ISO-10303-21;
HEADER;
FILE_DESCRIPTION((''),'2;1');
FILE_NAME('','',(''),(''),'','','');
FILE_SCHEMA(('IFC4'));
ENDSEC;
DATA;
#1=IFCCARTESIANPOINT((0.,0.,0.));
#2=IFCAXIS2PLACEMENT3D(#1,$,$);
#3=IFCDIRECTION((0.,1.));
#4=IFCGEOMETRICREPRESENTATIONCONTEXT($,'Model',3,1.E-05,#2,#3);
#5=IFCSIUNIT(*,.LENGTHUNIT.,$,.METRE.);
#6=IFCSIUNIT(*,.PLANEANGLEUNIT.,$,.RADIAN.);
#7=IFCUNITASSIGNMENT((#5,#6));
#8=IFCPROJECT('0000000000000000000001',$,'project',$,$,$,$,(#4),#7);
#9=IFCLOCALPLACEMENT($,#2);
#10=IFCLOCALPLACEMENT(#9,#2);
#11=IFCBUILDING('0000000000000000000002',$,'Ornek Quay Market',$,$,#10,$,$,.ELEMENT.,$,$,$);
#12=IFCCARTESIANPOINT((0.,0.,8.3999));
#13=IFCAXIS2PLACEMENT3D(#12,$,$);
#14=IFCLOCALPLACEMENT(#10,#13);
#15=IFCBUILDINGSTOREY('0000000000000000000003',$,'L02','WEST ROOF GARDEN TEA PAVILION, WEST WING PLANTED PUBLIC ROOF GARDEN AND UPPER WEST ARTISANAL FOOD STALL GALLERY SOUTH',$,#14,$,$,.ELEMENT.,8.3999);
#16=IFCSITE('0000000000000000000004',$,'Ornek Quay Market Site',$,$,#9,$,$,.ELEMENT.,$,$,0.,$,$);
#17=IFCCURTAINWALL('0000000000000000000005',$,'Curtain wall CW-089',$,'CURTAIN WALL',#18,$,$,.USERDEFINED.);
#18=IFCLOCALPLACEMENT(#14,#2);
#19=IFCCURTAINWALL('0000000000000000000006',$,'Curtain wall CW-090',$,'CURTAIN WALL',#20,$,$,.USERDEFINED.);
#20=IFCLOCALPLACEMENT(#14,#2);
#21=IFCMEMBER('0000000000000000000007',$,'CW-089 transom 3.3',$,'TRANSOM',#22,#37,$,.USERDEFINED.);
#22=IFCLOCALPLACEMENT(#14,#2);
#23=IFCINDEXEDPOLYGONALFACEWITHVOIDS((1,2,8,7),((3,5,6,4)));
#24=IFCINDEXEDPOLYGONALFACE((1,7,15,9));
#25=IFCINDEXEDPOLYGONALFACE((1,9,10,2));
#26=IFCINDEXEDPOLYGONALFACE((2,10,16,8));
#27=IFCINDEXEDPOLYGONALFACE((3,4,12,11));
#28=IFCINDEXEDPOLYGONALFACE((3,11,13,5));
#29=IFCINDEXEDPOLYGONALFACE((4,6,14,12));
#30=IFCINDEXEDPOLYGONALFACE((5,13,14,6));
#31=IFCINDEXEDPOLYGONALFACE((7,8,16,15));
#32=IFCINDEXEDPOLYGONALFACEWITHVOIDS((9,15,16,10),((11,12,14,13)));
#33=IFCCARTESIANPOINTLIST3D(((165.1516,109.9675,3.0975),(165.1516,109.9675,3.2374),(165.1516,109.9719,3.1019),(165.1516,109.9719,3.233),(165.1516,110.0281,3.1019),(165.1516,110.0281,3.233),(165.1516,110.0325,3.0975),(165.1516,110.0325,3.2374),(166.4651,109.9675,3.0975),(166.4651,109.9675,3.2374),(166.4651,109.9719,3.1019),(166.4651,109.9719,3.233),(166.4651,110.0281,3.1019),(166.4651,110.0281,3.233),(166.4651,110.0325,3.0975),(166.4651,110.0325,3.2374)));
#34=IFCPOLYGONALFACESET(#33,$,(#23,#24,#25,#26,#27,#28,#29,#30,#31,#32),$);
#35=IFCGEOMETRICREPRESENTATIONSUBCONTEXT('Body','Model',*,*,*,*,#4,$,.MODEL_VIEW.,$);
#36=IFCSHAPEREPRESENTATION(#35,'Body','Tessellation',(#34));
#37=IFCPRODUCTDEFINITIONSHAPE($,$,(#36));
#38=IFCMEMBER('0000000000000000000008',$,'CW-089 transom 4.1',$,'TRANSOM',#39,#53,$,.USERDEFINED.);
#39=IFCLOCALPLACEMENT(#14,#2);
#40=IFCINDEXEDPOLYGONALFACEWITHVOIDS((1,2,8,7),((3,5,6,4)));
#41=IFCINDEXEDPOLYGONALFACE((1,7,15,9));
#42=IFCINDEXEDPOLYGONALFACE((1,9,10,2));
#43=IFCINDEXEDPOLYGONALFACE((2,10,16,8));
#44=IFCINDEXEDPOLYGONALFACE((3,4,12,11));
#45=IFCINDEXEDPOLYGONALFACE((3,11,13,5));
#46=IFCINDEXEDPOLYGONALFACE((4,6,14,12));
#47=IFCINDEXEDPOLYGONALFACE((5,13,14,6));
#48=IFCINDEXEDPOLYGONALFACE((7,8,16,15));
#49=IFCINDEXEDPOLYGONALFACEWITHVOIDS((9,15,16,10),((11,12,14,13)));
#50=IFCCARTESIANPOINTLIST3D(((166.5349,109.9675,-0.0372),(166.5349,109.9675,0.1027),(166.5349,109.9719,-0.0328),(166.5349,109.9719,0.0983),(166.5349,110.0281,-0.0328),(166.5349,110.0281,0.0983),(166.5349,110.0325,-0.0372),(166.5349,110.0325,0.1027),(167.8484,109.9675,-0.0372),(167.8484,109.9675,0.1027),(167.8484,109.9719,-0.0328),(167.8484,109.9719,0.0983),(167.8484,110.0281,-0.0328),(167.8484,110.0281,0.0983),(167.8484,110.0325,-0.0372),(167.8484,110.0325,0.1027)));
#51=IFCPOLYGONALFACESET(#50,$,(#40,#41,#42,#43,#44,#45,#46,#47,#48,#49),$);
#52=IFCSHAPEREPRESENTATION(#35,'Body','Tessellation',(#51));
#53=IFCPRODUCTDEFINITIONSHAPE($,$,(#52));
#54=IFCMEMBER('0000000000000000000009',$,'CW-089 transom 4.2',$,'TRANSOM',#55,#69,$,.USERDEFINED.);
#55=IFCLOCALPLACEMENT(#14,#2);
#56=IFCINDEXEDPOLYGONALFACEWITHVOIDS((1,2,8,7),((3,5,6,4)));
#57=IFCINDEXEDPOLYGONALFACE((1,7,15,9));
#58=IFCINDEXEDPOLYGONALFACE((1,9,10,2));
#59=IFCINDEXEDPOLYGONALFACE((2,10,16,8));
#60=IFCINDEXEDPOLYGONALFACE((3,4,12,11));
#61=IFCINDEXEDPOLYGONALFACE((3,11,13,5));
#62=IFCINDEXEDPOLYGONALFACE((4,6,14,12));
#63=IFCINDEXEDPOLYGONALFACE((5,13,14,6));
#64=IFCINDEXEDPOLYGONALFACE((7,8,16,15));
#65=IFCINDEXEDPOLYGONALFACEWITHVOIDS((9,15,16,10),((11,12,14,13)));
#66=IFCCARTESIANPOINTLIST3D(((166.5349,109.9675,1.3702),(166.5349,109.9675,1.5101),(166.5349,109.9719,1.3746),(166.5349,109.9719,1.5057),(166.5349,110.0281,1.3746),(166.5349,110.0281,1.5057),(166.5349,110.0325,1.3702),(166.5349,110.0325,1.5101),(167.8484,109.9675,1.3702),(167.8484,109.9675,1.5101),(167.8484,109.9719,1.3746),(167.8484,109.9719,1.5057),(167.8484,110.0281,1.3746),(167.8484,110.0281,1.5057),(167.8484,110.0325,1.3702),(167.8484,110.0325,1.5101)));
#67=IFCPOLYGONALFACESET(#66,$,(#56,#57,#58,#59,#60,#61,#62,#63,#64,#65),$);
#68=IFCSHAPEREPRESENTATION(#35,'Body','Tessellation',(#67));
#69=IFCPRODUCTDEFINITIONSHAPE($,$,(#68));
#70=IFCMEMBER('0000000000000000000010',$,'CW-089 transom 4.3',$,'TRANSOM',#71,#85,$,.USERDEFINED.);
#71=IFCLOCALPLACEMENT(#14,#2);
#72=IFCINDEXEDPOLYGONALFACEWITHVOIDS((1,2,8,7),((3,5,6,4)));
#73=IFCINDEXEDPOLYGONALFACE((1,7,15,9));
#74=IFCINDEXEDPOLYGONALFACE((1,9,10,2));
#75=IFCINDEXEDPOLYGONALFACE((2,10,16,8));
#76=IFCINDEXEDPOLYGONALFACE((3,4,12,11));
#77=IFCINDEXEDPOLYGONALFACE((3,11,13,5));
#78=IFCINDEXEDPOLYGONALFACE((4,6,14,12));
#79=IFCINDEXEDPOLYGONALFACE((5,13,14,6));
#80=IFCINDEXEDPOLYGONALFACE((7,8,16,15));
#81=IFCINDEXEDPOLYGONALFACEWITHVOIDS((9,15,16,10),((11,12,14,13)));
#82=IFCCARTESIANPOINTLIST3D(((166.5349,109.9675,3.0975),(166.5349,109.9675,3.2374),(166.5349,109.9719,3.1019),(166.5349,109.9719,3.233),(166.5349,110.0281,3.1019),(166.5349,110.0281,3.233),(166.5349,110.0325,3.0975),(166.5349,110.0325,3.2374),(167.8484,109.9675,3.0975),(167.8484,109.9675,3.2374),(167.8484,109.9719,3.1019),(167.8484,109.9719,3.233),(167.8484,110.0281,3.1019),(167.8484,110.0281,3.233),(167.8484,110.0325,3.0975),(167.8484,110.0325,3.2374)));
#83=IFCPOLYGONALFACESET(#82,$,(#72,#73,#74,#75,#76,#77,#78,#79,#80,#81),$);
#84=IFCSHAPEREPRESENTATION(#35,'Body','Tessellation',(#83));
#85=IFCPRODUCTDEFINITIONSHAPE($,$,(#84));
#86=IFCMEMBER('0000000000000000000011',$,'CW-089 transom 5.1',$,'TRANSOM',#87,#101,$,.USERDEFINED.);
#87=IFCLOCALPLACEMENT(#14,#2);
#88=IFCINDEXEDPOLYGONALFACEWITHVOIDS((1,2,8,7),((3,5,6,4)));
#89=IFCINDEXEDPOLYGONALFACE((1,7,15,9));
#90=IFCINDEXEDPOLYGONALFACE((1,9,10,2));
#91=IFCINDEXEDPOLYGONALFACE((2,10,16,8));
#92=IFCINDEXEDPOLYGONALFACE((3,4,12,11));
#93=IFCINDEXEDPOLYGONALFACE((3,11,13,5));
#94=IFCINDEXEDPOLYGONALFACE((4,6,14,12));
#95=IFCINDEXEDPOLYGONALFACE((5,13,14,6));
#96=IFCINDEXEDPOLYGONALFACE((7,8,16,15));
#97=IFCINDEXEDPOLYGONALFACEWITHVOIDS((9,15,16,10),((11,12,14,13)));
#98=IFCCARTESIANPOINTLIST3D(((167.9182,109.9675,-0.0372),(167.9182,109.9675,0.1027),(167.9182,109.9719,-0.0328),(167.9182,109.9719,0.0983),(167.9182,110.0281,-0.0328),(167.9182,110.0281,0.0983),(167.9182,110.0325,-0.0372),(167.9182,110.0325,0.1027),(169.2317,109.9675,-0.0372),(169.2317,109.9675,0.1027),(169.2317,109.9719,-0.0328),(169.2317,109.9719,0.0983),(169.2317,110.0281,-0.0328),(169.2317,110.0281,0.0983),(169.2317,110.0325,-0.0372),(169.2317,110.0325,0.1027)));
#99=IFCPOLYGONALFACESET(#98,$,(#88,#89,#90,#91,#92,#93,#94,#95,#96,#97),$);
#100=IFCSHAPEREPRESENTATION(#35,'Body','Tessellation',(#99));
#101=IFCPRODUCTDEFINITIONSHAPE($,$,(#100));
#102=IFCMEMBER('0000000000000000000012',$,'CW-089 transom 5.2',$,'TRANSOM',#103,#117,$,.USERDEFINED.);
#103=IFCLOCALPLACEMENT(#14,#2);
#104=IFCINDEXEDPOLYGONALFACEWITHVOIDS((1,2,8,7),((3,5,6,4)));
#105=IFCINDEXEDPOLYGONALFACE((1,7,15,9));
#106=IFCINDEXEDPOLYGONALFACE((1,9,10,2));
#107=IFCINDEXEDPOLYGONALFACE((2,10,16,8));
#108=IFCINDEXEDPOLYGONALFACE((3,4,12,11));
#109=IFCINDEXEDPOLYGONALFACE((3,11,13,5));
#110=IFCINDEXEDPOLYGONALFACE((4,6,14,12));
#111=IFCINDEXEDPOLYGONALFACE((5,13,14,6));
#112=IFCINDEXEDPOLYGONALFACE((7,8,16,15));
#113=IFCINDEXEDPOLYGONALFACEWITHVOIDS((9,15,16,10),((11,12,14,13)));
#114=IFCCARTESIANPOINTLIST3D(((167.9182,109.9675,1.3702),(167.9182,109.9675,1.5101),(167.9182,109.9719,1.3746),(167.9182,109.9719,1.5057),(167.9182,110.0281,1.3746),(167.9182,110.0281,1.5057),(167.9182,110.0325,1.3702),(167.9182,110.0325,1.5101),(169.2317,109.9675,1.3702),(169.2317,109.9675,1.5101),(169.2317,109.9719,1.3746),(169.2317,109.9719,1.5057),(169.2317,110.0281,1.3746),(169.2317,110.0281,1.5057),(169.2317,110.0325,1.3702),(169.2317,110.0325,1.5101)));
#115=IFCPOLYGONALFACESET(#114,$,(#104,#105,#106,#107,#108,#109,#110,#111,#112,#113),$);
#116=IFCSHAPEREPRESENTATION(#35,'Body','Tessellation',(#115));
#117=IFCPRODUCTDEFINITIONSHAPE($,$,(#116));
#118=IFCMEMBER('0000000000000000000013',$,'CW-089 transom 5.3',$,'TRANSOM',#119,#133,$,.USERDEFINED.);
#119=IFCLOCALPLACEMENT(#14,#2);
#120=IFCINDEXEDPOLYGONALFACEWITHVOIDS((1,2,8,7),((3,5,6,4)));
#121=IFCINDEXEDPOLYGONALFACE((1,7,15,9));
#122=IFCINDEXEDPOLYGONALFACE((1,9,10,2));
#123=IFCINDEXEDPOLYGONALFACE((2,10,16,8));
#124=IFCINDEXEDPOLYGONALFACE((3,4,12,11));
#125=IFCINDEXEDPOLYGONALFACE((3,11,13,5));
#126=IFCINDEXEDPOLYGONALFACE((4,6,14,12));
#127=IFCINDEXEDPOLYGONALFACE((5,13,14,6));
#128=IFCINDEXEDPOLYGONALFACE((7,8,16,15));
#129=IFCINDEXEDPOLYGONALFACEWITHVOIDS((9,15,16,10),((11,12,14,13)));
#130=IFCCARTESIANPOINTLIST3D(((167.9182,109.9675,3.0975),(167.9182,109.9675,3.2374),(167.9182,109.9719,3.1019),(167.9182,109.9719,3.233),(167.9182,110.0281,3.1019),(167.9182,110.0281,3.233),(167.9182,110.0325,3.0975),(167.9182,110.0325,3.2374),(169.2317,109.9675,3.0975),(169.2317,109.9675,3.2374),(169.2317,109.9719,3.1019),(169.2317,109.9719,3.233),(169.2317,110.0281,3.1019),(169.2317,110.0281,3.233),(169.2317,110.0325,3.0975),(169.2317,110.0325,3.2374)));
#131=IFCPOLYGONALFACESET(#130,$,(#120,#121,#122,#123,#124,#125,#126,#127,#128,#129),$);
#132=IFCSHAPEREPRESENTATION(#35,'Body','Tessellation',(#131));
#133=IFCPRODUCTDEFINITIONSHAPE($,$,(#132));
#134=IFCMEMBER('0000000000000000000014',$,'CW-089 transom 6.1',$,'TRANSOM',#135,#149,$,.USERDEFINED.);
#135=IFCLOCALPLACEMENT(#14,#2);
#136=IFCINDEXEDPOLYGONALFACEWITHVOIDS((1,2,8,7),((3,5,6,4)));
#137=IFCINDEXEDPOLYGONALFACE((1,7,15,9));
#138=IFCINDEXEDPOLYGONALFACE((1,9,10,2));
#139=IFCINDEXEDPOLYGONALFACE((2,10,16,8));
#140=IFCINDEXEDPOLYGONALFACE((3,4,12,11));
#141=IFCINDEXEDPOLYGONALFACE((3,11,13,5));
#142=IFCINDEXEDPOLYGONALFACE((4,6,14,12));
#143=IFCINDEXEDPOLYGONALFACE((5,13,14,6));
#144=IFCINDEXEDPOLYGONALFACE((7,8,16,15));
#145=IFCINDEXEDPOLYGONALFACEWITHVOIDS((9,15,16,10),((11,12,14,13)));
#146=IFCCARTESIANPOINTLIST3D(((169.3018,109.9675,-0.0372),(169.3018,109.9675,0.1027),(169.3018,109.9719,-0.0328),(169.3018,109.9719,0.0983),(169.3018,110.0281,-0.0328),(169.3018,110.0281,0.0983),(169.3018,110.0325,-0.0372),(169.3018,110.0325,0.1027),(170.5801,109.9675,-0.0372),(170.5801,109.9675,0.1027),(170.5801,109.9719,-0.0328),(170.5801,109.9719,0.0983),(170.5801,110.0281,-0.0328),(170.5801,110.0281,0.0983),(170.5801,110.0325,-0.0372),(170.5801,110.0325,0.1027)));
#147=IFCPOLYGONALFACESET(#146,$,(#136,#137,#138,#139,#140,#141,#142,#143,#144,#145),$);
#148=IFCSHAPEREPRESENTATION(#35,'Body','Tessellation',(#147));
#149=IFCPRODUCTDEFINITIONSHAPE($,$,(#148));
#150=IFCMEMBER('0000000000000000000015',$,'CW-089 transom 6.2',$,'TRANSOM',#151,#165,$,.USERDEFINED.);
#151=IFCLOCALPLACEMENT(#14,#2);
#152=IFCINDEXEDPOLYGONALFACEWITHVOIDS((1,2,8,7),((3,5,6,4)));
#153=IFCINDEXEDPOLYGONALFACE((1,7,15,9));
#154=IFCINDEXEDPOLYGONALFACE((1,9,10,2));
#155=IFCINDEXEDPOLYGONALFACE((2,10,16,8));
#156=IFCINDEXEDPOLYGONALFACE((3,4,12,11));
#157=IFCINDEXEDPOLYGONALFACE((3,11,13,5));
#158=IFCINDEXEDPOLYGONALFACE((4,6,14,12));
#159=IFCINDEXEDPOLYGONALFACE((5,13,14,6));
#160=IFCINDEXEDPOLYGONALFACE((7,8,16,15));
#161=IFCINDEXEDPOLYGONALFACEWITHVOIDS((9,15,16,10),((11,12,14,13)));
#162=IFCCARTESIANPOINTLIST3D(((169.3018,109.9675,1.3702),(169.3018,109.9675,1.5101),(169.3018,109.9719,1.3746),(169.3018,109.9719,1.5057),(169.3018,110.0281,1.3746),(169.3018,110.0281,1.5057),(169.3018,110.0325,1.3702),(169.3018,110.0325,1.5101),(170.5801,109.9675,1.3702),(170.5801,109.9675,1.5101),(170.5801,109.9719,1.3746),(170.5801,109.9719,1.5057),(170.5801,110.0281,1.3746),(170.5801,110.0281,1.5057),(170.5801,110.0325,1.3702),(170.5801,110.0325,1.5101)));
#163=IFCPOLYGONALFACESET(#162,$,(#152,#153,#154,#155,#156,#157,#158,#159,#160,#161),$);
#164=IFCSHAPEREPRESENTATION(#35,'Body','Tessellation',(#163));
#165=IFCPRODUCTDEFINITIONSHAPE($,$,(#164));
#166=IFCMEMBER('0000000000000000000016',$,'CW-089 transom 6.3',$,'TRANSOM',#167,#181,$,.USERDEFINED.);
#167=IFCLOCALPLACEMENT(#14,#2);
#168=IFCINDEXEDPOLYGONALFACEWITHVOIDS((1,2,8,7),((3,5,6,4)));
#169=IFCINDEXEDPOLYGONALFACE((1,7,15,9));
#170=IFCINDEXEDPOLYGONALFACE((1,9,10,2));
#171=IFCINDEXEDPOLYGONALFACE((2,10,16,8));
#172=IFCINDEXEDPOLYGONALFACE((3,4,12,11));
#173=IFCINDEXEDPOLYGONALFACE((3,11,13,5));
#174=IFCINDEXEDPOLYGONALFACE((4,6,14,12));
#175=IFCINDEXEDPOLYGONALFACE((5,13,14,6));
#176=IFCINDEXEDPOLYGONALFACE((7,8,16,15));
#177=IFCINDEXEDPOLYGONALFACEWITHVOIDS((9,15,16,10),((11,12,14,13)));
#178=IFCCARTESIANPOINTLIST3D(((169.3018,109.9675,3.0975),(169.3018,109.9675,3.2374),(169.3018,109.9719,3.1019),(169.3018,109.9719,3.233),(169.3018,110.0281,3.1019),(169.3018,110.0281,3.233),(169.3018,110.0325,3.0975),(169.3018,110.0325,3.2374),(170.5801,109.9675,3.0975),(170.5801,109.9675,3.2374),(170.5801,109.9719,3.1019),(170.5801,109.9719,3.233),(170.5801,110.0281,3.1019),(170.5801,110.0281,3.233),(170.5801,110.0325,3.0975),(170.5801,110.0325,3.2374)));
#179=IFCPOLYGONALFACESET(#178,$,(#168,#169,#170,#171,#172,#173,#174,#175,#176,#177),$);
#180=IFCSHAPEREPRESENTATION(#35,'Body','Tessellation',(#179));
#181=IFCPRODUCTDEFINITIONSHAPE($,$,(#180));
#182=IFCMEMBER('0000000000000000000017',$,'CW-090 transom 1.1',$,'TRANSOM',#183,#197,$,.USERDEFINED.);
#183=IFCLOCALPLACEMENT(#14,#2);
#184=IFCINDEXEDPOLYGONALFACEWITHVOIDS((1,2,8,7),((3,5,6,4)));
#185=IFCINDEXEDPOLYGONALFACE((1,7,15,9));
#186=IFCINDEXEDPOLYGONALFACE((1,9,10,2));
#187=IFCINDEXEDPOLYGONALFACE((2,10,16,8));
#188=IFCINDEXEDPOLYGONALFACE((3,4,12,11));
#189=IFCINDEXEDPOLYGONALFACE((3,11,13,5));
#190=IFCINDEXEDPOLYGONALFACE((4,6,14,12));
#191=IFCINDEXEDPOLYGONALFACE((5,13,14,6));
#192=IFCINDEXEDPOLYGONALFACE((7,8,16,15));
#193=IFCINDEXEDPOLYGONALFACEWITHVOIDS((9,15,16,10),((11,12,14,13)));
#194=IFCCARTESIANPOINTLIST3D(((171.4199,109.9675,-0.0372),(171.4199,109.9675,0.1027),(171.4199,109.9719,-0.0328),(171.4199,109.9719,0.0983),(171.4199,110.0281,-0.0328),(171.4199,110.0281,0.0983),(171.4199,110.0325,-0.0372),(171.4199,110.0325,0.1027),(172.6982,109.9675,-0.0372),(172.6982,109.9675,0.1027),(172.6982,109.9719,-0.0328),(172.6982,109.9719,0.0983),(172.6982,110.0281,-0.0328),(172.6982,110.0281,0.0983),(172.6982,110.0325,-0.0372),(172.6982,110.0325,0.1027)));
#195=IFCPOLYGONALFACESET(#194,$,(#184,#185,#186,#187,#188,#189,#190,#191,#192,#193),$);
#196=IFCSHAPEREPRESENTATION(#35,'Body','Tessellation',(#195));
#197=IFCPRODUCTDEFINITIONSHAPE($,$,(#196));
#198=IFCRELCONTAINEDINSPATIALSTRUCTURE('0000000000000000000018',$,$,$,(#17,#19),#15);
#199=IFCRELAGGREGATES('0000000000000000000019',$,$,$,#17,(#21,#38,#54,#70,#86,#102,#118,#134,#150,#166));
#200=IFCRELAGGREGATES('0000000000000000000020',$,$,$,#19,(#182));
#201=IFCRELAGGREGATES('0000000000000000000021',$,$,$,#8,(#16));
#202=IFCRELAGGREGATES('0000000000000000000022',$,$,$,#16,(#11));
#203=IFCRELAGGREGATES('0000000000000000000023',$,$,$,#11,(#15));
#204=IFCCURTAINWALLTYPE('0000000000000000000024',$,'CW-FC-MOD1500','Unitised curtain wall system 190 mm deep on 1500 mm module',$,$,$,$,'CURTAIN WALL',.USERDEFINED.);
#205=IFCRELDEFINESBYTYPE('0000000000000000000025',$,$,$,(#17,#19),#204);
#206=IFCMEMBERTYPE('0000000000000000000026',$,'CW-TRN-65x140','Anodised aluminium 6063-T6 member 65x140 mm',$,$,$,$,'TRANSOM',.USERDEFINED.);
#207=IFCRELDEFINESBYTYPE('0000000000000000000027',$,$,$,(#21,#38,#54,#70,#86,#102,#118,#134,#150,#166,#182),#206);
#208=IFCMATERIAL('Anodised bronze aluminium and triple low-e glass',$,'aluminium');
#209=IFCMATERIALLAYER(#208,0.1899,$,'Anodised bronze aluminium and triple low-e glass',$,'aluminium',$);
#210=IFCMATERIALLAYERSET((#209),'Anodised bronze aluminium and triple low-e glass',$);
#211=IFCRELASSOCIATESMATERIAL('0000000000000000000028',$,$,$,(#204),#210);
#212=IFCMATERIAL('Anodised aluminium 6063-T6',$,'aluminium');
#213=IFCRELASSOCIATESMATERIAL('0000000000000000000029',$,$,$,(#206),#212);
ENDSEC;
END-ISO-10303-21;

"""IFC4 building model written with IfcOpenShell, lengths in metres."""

from ifc_helpers import new_model, si_unit, direction, frame, origin, origin_2d, place, context, subcontext, project, spatial, hollow_rectangle, extrude, material, layer, layer_set, material_profile, profile_set, type_object, element, aggregate, save


model = new_model("IFC4")

# Units and contexts
model_context = context("Model", 3, precision=1e-05, world=origin(), true_north=direction((0.0, 1.0)))
body_context = subcontext(model_context, "Body", "Model", "MODEL_VIEW")
ifc_project = project(units=[si_unit("LENGTHUNIT", "METRE"), si_unit("PLANEANGLEUNIT", "RADIAN")], contexts=[model_context])

# Site, building, storey
site_placement = place(None, origin())
site = spatial("IfcSite", under=ifc_project, at=site_placement, Name="Ornek Quay Market Site", CompositionType="ELEMENT", RefElevation=0.0)
building_placement = place(site_placement, origin())
building = spatial("IfcBuilding", under=site, at=building_placement, Name="Ornek Quay Market", CompositionType="ELEMENT")
storey_placement = place(building_placement, frame((0.0, 0.0, 8.3999)))
storey = spatial("IfcBuildingStorey", under=building, at=storey_placement, Name="L02", Description="WEST ROOF GARDEN TEA PAVILION, WEST WING PLANTED PUBLIC ROOF GARDEN AND UPPER WEST ARTISANAL FOOD STALL GALLERY SOUTH", CompositionType="ELEMENT", Elevation=8.3999)

# Curtain walls
ifc_material_1 = material(Name="Anodised bronze aluminium and triple low-e glass", Category="aluminium")
ifc_layer_1 = layer(ifc_material_1, 0.1899, Name="Anodised bronze aluminium and triple low-e glass", Category="aluminium")
ifc_layer_set_1 = layer_set([ifc_layer_1], Name="Anodised bronze aluminium and triple low-e glass")
curtain_wall_type = type_object("IfcCurtainWallType", Name="CW-FC-MOD1500", Description="Unitised curtain wall system 190 mm deep on 1500 mm module", ElementType="CURTAIN WALL", PredefinedType="USERDEFINED", material=ifc_layer_set_1)
curtain_wall_1_placement = place(storey_placement, origin())
curtain_wall_1 = element("IfcCurtainWall", 1, at=curtain_wall_1_placement, inside=storey, type_object=curtain_wall_type, Name="Curtain wall CW-089", ObjectType="CURTAIN WALL", PredefinedType="USERDEFINED")
ifc_material_2 = material(Name="Anodised aluminium 6063-T6", Category="aluminium")
curtain_wall_2_placement = place(storey_placement, origin())
curtain_wall_2 = element("IfcCurtainWall", 2, at=curtain_wall_2_placement, inside=storey, type_object=curtain_wall_type, Name="Curtain wall CW-090", ObjectType="CURTAIN WALL", PredefinedType="USERDEFINED")

# Members
ifc_material_profile_1 = material_profile(ifc_material_2, hollow_rectangle(XDim=0.0649, YDim=0.1399, WallThickness=0.0044, at=origin_2d()), Name="CW-TRN-65x140", Category="aluminium")
ifc_profile_set_1 = profile_set([ifc_material_profile_1], Name="Anodised aluminium 6063-T6")
member_type_1 = type_object("IfcMemberType", Name="CW-TRN-65x140", Description="Anodised aluminium 6063-T6 member 65x140 mm", ElementType="TRANSOM", PredefinedType="USERDEFINED", material=ifc_profile_set_1)
member_1_placement = place(storey_placement, frame((165.1516, 110.0, 3.1675), z_axis=(1.0, 0.0, 0.0), x_axis=(0.0, 1.0, 0.0)))
member_1 = element("IfcMember", 3, at=member_1_placement, type_object=member_type_1, Name="CW-089 transom 3.3", ObjectType="TRANSOM", PredefinedType="USERDEFINED", context=body_context, shape_type="SweptSolid", body=[
    extrude(hollow_rectangle(XDim=0.0649, YDim=0.1399, WallThickness=0.0044, at=origin_2d()), origin(), (0.0, 0.0, 1.0), 1.3135),
])
member_2_placement = place(storey_placement, frame((166.5349, 110.0, 0.0327), z_axis=(1.0, 0.0, 0.0), x_axis=(0.0, 1.0, 0.0)))
member_2 = element("IfcMember", 4, at=member_2_placement, type_object=member_type_1, Name="CW-089 transom 4.1", ObjectType="TRANSOM", PredefinedType="USERDEFINED", context=body_context, shape_type="SweptSolid", body=[
    extrude(hollow_rectangle(XDim=0.0649, YDim=0.1399, WallThickness=0.0044, at=origin_2d()), origin(), (0.0, 0.0, 1.0), 1.3135),
])
member_3_placement = place(storey_placement, frame((166.5349, 110.0, 1.4402), z_axis=(1.0, 0.0, 0.0), x_axis=(0.0, 1.0, 0.0)))
member_3 = element("IfcMember", 5, at=member_3_placement, type_object=member_type_1, Name="CW-089 transom 4.2", ObjectType="TRANSOM", PredefinedType="USERDEFINED", context=body_context, shape_type="SweptSolid", body=[
    extrude(hollow_rectangle(XDim=0.0649, YDim=0.1399, WallThickness=0.0044, at=origin_2d()), origin(), (0.0, 0.0, 1.0), 1.3135),
])
member_4_placement = place(storey_placement, frame((166.5349, 110.0, 3.1675), z_axis=(1.0, 0.0, 0.0), x_axis=(0.0, 1.0, 0.0)))
member_4 = element("IfcMember", 6, at=member_4_placement, type_object=member_type_1, Name="CW-089 transom 4.3", ObjectType="TRANSOM", PredefinedType="USERDEFINED", context=body_context, shape_type="SweptSolid", body=[
    extrude(hollow_rectangle(XDim=0.0649, YDim=0.1399, WallThickness=0.0044, at=origin_2d()), origin(), (0.0, 0.0, 1.0), 1.3135),
])
member_5_placement = place(storey_placement, frame((167.9182, 110.0, 0.0327), z_axis=(1.0, 0.0, 0.0), x_axis=(0.0, 1.0, 0.0)))
member_5 = element("IfcMember", 7, at=member_5_placement, type_object=member_type_1, Name="CW-089 transom 5.1", ObjectType="TRANSOM", PredefinedType="USERDEFINED", context=body_context, shape_type="SweptSolid", body=[
    extrude(hollow_rectangle(XDim=0.0649, YDim=0.1399, WallThickness=0.0044, at=origin_2d()), origin(), (0.0, 0.0, 1.0), 1.3135),
])
member_6_placement = place(storey_placement, frame((167.9182, 110.0, 1.4402), z_axis=(1.0, 0.0, 0.0), x_axis=(0.0, 1.0, 0.0)))
member_6 = element("IfcMember", 8, at=member_6_placement, type_object=member_type_1, Name="CW-089 transom 5.2", ObjectType="TRANSOM", PredefinedType="USERDEFINED", context=body_context, shape_type="SweptSolid", body=[
    extrude(hollow_rectangle(XDim=0.0649, YDim=0.1399, WallThickness=0.0044, at=origin_2d()), origin(), (0.0, 0.0, 1.0), 1.3135),
])
member_7_placement = place(storey_placement, frame((167.9182, 110.0, 3.1675), z_axis=(1.0, 0.0, 0.0), x_axis=(0.0, 1.0, 0.0)))
member_7 = element("IfcMember", 9, at=member_7_placement, type_object=member_type_1, Name="CW-089 transom 5.3", ObjectType="TRANSOM", PredefinedType="USERDEFINED", context=body_context, shape_type="SweptSolid", body=[
    extrude(hollow_rectangle(XDim=0.0649, YDim=0.1399, WallThickness=0.0044, at=origin_2d()), origin(), (0.0, 0.0, 1.0), 1.3135),
])
member_8_placement = place(storey_placement, frame((169.3018, 110.0, 0.0327), z_axis=(1.0, 0.0, 0.0), x_axis=(0.0, 1.0, 0.0)))
member_8 = element("IfcMember", 10, at=member_8_placement, type_object=member_type_1, Name="CW-089 transom 6.1", ObjectType="TRANSOM", PredefinedType="USERDEFINED", context=body_context, shape_type="SweptSolid", body=[
    extrude(hollow_rectangle(XDim=0.0649, YDim=0.1399, WallThickness=0.0044, at=origin_2d()), origin(), (0.0, 0.0, 1.0), 1.2783),
])
member_9_placement = place(storey_placement, frame((169.3018, 110.0, 1.4402), z_axis=(1.0, 0.0, 0.0), x_axis=(0.0, 1.0, 0.0)))
member_9 = element("IfcMember", 11, at=member_9_placement, type_object=member_type_1, Name="CW-089 transom 6.2", ObjectType="TRANSOM", PredefinedType="USERDEFINED", context=body_context, shape_type="SweptSolid", body=[
    extrude(hollow_rectangle(XDim=0.0649, YDim=0.1399, WallThickness=0.0044, at=origin_2d()), origin(), (0.0, 0.0, 1.0), 1.2783),
])
member_10_placement = place(storey_placement, frame((169.3018, 110.0, 3.1675), z_axis=(1.0, 0.0, 0.0), x_axis=(0.0, 1.0, 0.0)))
member_10 = element("IfcMember", 12, at=member_10_placement, type_object=member_type_1, Name="CW-089 transom 6.3", ObjectType="TRANSOM", PredefinedType="USERDEFINED", context=body_context, shape_type="SweptSolid", body=[
    extrude(hollow_rectangle(XDim=0.0649, YDim=0.1399, WallThickness=0.0044, at=origin_2d()), origin(), (0.0, 0.0, 1.0), 1.2783),
])
member_11_placement = place(storey_placement, frame((171.4199, 110.0, 0.0327), z_axis=(1.0, 0.0, 0.0), x_axis=(0.0, 1.0, 0.0)))
member_11 = element("IfcMember", 13, at=member_11_placement, type_object=member_type_1, Name="CW-090 transom 1.1", ObjectType="TRANSOM", PredefinedType="USERDEFINED", context=body_context, shape_type="SweptSolid", body=[
    extrude(hollow_rectangle(XDim=0.0649, YDim=0.1399, WallThickness=0.0044, at=origin_2d()), origin(), (0.0, 0.0, 1.0), 1.2783),
])

aggregate(curtain_wall_1, [member_1, member_2, member_3, member_4, member_5, member_6, member_7, member_8, member_9, member_10])
aggregate(curtain_wall_2, [member_11])

save(model, "model.ifc")
